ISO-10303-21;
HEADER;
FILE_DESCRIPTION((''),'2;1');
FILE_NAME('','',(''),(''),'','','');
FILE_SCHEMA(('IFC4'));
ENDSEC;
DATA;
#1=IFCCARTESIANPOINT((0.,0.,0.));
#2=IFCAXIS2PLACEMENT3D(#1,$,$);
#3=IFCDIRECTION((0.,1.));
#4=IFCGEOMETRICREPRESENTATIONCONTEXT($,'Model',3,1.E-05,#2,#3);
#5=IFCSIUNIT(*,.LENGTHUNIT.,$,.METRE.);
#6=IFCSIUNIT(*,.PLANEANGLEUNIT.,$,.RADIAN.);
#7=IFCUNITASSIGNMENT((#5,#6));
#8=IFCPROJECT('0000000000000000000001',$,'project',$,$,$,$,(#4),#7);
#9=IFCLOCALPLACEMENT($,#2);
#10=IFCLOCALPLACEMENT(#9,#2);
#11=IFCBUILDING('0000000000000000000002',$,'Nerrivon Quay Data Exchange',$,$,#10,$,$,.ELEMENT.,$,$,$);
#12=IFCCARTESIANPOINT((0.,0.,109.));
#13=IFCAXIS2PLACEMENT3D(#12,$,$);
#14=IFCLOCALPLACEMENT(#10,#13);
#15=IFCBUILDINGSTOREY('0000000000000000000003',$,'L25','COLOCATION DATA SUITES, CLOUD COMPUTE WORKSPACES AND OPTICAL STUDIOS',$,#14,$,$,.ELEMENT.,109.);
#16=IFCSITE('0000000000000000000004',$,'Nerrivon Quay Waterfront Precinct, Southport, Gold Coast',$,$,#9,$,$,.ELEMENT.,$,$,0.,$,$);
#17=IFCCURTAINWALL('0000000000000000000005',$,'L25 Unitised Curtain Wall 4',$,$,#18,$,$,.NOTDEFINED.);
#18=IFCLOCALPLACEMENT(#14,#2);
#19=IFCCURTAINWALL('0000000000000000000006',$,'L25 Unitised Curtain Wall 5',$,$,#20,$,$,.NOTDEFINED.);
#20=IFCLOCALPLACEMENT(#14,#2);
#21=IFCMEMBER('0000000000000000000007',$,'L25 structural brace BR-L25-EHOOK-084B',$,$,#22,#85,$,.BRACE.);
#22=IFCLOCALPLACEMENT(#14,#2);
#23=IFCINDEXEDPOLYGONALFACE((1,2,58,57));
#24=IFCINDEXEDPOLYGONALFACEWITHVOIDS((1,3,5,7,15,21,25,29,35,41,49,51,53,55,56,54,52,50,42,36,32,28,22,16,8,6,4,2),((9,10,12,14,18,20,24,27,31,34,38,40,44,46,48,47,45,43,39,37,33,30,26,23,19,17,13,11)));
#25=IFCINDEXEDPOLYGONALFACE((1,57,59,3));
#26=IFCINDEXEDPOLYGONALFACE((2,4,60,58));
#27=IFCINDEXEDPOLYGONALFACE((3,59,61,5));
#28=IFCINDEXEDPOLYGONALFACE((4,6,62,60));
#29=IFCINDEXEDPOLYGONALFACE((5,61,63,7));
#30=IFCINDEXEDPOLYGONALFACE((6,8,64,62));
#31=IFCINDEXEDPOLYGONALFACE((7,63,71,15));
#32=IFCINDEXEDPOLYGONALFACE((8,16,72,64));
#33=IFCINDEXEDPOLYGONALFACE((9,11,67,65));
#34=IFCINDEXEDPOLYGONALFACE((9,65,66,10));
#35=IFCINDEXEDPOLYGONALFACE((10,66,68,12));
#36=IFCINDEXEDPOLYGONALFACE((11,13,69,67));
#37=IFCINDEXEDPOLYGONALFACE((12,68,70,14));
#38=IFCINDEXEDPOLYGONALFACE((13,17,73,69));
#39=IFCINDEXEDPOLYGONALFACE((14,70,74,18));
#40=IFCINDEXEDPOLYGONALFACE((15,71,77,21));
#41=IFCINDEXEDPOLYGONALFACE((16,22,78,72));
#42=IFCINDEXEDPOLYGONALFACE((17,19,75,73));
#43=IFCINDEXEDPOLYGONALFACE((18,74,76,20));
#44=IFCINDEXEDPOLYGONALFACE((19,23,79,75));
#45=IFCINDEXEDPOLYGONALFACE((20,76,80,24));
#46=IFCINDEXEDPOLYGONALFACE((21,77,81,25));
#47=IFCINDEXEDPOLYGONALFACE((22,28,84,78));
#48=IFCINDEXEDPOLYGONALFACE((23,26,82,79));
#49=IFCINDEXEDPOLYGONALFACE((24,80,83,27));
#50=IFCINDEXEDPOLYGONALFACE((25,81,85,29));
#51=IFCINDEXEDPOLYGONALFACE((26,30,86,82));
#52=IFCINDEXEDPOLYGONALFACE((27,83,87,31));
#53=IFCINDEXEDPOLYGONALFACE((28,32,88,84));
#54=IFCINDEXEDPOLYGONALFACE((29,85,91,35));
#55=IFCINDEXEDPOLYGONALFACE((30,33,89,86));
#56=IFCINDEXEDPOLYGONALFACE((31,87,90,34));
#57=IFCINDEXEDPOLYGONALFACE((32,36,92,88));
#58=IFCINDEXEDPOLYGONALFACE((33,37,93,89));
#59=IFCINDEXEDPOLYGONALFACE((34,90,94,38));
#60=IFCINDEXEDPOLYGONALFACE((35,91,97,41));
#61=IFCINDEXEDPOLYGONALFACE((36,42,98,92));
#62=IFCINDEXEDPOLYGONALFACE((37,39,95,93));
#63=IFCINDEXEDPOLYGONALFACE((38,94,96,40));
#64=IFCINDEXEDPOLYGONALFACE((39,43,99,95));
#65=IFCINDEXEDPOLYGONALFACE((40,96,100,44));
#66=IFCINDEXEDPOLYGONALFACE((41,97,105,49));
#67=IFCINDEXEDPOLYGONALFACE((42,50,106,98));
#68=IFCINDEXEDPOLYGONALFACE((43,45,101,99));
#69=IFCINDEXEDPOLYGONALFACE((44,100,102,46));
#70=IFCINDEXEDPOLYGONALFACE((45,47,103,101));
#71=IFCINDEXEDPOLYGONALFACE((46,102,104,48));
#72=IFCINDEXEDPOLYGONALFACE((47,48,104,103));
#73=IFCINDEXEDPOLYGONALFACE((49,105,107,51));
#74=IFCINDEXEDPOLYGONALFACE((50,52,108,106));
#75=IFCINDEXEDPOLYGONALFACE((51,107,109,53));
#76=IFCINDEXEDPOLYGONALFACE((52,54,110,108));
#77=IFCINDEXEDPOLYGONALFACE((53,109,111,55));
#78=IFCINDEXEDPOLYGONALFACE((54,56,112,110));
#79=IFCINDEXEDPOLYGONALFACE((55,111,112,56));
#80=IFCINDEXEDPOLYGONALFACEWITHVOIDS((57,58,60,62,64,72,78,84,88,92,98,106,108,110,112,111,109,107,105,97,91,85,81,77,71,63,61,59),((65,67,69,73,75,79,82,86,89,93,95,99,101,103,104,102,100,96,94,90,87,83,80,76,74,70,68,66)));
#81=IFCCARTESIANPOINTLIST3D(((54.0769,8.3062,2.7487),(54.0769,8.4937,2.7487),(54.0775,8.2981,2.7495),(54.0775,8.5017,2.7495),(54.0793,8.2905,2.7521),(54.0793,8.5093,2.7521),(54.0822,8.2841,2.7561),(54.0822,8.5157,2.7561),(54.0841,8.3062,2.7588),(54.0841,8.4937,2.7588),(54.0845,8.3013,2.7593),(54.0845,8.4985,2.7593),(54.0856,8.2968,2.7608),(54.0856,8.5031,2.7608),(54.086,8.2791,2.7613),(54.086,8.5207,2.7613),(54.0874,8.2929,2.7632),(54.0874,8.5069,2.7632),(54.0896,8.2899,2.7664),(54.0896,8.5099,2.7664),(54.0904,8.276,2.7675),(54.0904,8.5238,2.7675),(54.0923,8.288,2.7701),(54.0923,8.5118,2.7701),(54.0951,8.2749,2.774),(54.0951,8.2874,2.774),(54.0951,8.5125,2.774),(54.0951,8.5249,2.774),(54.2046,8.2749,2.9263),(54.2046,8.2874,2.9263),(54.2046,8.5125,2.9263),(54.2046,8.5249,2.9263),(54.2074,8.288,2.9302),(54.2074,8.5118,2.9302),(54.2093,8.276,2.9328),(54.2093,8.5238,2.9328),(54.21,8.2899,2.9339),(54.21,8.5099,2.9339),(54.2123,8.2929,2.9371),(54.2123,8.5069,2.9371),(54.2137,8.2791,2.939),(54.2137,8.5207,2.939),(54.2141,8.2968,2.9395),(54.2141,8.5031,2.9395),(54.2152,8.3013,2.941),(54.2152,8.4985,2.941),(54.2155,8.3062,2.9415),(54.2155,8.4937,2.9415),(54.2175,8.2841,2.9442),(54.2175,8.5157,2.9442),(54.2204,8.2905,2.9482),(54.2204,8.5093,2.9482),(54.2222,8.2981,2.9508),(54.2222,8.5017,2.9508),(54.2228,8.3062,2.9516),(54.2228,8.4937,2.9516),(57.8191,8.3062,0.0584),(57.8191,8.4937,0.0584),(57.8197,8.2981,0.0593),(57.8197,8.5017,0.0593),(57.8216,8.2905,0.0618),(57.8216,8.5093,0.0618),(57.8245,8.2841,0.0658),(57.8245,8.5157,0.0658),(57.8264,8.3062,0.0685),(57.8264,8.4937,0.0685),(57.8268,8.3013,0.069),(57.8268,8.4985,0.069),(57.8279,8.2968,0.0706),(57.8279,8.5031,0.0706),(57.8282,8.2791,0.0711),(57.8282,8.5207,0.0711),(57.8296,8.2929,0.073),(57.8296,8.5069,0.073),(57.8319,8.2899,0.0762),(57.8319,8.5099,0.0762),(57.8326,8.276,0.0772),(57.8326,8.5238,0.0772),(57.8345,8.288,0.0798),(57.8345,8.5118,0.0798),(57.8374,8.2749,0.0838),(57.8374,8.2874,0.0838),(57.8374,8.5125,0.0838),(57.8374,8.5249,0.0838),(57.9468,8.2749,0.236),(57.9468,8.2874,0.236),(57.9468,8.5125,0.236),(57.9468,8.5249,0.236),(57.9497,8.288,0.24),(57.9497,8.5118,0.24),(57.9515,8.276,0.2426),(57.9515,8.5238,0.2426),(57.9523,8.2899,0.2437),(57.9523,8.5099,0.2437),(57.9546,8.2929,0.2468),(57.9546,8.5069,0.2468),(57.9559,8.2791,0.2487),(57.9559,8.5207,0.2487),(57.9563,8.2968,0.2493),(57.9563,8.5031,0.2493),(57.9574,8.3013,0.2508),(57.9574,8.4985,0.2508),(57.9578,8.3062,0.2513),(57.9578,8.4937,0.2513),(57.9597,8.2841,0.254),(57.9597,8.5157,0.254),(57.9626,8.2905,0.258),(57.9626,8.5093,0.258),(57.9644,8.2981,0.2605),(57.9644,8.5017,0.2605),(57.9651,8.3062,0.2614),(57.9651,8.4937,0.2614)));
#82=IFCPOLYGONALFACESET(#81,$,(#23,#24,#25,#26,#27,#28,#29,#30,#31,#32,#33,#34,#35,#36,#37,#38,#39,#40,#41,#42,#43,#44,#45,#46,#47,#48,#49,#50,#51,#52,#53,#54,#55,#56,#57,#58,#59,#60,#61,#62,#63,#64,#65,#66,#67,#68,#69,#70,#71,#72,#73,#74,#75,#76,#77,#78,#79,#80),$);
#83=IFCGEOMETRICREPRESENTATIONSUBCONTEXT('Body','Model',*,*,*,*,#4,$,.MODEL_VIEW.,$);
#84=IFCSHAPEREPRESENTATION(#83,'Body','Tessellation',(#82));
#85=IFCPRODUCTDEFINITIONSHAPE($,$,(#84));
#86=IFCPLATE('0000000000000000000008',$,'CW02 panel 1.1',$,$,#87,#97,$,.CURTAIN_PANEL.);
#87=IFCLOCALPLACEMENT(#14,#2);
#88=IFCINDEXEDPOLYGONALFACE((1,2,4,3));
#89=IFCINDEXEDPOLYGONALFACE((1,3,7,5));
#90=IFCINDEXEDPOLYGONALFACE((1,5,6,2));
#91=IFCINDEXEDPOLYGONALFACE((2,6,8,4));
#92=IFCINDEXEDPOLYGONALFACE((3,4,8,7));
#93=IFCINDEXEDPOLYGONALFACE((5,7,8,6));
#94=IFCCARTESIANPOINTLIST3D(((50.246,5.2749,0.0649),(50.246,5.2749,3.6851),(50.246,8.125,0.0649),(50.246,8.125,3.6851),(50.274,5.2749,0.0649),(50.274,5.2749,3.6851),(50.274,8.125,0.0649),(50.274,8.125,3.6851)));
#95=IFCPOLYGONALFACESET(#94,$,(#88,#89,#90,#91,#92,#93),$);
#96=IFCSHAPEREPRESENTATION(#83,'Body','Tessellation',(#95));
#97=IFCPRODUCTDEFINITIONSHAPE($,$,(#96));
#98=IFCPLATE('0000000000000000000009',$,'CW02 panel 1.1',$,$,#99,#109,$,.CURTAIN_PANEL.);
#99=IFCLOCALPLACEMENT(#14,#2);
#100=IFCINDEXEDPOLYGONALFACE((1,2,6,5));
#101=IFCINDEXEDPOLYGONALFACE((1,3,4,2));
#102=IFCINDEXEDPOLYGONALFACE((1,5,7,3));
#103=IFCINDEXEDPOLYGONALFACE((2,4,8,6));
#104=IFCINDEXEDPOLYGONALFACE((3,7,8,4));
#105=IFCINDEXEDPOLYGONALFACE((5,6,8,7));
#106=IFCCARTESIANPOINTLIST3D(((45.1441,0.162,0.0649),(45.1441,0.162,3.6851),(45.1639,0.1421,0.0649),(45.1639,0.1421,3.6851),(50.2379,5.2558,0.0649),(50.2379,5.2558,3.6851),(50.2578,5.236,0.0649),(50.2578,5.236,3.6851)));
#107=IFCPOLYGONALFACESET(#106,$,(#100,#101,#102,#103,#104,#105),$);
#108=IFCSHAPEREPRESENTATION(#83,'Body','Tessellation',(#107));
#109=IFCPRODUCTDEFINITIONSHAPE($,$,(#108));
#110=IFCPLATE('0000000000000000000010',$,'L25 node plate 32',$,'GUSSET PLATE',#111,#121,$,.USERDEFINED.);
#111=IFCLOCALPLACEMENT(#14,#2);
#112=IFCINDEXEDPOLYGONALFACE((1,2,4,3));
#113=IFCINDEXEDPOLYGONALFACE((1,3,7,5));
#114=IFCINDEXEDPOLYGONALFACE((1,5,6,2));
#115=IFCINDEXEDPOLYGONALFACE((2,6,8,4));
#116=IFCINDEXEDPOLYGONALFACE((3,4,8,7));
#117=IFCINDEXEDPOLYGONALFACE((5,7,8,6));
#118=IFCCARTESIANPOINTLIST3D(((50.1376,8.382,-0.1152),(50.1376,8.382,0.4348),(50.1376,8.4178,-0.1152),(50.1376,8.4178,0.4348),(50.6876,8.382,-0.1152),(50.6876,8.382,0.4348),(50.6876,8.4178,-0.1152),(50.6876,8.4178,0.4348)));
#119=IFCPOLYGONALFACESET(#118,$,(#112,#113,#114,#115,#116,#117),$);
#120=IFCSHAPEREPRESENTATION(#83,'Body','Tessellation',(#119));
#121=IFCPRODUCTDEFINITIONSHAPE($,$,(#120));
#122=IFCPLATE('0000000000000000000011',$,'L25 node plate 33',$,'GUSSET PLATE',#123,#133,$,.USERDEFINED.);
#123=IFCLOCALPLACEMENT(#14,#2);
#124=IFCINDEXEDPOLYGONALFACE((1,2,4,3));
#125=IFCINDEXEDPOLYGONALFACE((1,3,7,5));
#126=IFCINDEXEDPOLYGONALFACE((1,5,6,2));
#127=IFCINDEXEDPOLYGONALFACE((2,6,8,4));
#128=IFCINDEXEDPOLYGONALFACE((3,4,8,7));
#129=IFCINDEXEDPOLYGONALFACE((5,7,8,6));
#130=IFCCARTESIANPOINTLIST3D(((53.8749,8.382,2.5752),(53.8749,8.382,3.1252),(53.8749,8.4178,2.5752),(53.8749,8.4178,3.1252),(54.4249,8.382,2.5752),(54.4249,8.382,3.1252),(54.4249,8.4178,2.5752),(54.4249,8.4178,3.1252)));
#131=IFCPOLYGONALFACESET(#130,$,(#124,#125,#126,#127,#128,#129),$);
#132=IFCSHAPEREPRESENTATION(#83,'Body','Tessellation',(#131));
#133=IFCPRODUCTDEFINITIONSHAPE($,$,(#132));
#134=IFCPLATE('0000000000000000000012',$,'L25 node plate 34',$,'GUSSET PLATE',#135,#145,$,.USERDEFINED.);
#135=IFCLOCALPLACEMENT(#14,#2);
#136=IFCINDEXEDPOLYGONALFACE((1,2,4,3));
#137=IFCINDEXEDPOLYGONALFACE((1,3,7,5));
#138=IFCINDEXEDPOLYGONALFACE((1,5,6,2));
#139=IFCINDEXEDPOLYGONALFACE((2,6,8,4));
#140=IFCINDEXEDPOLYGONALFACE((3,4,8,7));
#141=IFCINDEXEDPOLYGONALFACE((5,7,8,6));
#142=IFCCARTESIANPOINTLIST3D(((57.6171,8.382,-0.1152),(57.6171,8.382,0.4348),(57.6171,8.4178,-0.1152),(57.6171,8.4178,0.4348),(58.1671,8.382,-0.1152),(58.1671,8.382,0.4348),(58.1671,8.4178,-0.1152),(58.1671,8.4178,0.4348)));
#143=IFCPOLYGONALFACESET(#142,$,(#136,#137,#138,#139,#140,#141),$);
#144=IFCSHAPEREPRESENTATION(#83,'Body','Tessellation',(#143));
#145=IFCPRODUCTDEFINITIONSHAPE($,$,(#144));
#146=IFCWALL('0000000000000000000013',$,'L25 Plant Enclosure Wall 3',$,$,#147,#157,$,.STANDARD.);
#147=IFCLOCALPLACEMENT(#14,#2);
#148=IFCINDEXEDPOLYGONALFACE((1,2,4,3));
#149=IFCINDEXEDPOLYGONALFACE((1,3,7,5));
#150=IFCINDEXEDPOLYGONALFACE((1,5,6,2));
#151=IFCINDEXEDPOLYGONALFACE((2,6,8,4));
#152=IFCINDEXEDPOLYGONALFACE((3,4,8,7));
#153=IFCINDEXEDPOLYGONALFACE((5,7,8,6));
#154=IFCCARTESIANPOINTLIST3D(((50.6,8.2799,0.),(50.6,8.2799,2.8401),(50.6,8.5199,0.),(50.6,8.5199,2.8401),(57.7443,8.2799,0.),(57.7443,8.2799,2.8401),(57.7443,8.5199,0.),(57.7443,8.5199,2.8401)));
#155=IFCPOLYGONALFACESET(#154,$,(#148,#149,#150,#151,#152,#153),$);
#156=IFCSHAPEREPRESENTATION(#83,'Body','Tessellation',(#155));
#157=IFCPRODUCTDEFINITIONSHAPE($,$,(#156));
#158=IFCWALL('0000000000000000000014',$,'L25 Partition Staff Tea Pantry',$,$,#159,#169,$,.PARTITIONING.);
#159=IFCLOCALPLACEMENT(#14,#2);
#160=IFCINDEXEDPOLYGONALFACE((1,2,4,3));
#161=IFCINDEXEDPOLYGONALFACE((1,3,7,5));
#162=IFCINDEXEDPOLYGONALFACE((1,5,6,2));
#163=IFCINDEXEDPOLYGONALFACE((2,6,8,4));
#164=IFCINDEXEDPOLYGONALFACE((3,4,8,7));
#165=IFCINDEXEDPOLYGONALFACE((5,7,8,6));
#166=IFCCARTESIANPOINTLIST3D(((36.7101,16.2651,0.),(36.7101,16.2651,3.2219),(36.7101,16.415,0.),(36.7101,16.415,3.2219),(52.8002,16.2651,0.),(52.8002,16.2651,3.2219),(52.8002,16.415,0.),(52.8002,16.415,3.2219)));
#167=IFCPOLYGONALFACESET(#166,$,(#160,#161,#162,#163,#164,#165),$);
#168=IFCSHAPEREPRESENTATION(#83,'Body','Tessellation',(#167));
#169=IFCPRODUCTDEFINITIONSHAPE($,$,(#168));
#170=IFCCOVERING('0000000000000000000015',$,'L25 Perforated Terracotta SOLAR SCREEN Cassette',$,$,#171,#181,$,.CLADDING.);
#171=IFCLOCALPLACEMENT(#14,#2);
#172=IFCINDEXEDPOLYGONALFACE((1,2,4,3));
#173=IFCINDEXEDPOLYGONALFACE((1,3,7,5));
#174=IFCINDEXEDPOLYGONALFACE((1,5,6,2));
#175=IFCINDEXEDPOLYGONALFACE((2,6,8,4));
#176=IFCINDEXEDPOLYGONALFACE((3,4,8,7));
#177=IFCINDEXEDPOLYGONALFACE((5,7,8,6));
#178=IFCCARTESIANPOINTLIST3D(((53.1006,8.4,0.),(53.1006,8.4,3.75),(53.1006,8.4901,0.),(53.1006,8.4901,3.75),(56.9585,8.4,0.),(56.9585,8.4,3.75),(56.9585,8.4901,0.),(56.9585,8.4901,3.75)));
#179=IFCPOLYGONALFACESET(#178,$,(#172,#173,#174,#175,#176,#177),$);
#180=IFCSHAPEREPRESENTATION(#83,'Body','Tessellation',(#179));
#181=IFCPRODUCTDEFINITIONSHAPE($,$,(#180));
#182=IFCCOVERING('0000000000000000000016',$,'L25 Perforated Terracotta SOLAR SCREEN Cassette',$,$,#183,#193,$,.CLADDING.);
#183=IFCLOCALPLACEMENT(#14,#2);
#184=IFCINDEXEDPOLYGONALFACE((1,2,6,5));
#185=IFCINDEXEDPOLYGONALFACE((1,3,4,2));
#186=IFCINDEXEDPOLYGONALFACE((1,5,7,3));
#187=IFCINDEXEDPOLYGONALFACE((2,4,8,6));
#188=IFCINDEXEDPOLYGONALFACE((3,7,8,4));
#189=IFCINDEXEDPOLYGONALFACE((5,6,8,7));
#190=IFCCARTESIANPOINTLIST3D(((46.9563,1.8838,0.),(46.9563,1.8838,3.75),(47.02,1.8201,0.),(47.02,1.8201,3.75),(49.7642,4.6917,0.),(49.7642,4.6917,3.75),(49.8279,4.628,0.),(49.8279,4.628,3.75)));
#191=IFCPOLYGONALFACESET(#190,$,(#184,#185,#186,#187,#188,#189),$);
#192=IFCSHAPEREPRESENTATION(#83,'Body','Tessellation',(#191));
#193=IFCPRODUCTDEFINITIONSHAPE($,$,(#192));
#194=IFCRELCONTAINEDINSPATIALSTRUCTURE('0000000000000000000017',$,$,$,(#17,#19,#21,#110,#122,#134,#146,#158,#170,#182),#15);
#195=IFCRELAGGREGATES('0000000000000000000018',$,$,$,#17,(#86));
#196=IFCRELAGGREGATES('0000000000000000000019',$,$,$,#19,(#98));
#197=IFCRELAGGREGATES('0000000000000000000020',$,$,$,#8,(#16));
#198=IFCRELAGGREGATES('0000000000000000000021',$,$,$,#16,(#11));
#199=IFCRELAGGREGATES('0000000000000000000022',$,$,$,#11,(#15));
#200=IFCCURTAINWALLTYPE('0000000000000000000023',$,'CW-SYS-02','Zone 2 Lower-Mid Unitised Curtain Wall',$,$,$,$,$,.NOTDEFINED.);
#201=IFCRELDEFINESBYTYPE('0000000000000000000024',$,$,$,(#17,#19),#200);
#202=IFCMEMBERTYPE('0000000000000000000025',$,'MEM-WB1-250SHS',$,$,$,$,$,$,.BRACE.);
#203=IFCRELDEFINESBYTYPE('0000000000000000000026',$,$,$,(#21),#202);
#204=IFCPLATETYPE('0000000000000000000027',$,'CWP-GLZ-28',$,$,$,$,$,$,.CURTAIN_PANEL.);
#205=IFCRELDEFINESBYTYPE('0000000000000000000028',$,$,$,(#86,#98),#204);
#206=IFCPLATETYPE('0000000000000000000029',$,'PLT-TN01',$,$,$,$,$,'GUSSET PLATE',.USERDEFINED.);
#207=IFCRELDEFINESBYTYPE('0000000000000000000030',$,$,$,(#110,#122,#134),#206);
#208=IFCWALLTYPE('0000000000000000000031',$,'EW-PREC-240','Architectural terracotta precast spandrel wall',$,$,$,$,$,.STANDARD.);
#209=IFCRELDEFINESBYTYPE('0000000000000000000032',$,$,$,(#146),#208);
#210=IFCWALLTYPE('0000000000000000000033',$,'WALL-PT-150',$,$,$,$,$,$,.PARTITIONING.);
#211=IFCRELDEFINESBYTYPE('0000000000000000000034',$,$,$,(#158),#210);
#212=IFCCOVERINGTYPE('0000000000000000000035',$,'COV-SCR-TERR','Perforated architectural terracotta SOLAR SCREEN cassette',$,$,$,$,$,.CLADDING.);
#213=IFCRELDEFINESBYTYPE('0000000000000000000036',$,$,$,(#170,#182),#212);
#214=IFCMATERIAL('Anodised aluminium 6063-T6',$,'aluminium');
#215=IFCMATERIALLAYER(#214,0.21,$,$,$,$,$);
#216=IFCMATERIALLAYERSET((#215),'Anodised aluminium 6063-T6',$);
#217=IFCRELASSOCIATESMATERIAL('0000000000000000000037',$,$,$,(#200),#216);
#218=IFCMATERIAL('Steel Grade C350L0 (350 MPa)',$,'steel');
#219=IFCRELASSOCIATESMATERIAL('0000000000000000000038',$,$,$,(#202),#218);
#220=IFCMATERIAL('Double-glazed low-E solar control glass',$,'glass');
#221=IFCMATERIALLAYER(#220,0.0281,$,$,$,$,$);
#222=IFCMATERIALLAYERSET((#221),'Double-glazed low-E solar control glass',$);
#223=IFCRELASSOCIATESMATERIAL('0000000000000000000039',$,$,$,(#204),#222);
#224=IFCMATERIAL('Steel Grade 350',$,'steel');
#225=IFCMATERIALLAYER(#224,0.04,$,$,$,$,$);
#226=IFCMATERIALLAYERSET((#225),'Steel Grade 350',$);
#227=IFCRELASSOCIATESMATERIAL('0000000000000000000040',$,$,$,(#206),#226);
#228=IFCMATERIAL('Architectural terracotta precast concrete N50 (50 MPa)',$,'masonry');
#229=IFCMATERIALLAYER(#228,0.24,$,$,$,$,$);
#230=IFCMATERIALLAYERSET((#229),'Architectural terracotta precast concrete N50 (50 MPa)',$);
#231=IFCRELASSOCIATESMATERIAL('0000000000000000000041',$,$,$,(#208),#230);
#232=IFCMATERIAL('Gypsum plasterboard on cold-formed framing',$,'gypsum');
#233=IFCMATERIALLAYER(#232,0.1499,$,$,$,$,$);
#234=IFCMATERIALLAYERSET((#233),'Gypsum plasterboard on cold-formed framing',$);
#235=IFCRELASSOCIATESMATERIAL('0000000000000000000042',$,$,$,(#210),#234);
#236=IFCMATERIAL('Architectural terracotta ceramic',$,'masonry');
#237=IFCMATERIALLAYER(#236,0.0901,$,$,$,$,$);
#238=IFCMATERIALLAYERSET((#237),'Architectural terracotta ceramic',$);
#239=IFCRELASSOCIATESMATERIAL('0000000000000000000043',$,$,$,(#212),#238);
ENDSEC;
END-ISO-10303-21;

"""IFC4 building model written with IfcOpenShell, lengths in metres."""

from ifc_helpers import new_model, si_unit, direction, frame, frame_2d, origin, origin_2d, place, context, subcontext, project, spatial, rectangle, hollow_rectangle, extrude, material, layer, layer_set, material_profile, profile_set, type_object, element, aggregate, save


model = new_model("IFC4")

# Units and contexts
model_context = context("Model", 3, precision=1e-05, world=origin(), true_north=direction((0.0, 1.0)))
body_context = subcontext(model_context, "Body", "Model", "MODEL_VIEW")
ifc_project = project(units=[si_unit("LENGTHUNIT", "METRE"), si_unit("PLANEANGLEUNIT", "RADIAN")], contexts=[model_context])

# Site, building, storey
site_placement = place(None, origin())
site = spatial("IfcSite", under=ifc_project, at=site_placement, Name="Nerrivon Quay Waterfront Precinct, Southport, Gold Coast", CompositionType="ELEMENT", RefElevation=0.0)
building_placement = place(site_placement, origin())
building = spatial("IfcBuilding", under=site, at=building_placement, Name="Nerrivon Quay Data Exchange", CompositionType="ELEMENT")
storey_placement = place(building_placement, frame((0.0, 0.0, 109.0)))
storey = spatial("IfcBuildingStorey", under=building, at=storey_placement, Name="L25", Description="COLOCATION DATA SUITES, CLOUD COMPUTE WORKSPACES AND OPTICAL STUDIOS", CompositionType="ELEMENT", Elevation=109.0)

# Shared definitions
ifc_material_1 = material(Name="Steel Grade 350", Category="steel")

# Curtain walls
ifc_material_2 = material(Name="Anodised aluminium 6063-T6", Category="aluminium")
ifc_layer_1 = layer(ifc_material_2, 0.21)
ifc_layer_set_1 = layer_set([ifc_layer_1], Name="Anodised aluminium 6063-T6")
curtain_wall_type = type_object("IfcCurtainWallType", Name="CW-SYS-02", Description="Zone 2 Lower-Mid Unitised Curtain Wall", PredefinedType="NOTDEFINED", material=ifc_layer_set_1)
curtain_wall_1_placement = place(storey_placement, origin())
curtain_wall_1 = element("IfcCurtainWall", 1, at=curtain_wall_1_placement, inside=storey, type_object=curtain_wall_type, Name="L25 Unitised Curtain Wall 4", PredefinedType="NOTDEFINED")
curtain_wall_2_placement = place(storey_placement, origin())
curtain_wall_2 = element("IfcCurtainWall", 2, at=curtain_wall_2_placement, inside=storey, type_object=curtain_wall_type, Name="L25 Unitised Curtain Wall 5", PredefinedType="NOTDEFINED")

# Member
ifc_material_3 = material(Name="Steel Grade C350L0 (350 MPa)", Category="steel")
ifc_material_profile_1 = material_profile(ifc_material_3, hollow_rectangle(XDim=0.25, YDim=0.25, WallThickness=0.0125, InnerFilletRadius=0.0188, OuterFilletRadius=0.0312, at=origin_2d()), Name="250x250x12.5SHS")
ifc_profile_set_1 = profile_set([ifc_material_profile_1], Name="Steel Grade C350L0 (350 MPa)")
member_type_1 = type_object("IfcMemberType", Name="MEM-WB1-250SHS", PredefinedType="BRACE", material=ifc_profile_set_1)
member_1_placement = place(storey_placement, frame((57.8921, 8.3999, 0.1599), z_axis=(-0.811965, 0.0, 0.583706), x_axis=(0.0, -1.0, 0.0)))
element("IfcMember", 3, at=member_1_placement, inside=storey, type_object=member_type_1, Name="L25 structural brace BR-L25-EHOOK-084B", PredefinedType="BRACE", context=body_context, shape_type="SweptSolid", body=[
    extrude(hollow_rectangle(XDim=0.25, YDim=0.25, WallThickness=0.0125, InnerFilletRadius=0.0188, OuterFilletRadius=0.0312, at=origin_2d()), origin(), (0.0, 0.0, 1.0), 4.6089),
])

# Plates
ifc_material_4 = material(Name="Double-glazed low-E solar control glass", Category="glass")
ifc_layer_2 = layer(ifc_material_4, 0.0281)
ifc_layer_set_2 = layer_set([ifc_layer_2], Name="Double-glazed low-E solar control glass")
plate_type_1 = type_object("IfcPlateType", Name="CWP-GLZ-28", PredefinedType="CURTAIN_PANEL", material=ifc_layer_set_2)
plate_1_placement = place(storey_placement, frame((50.26, 6.7, 0.0649), z_axis=(0.0, 0.0, 1.0), x_axis=(0.0, -1.0, 0.0)))
plate_1 = element("IfcPlate", 4, at=plate_1_placement, type_object=plate_type_1, Name="CW02 panel 1.1", PredefinedType="CURTAIN_PANEL", context=body_context, shape_type="SweptSolid", body=[
    extrude(rectangle(XDim=2.8501, YDim=0.0281, at=origin_2d()), origin(), (0.0, 0.0, 1.0), 3.6201),
])
aggregate(curtain_wall_1, [plate_1])
plate_2_placement = place(storey_placement, frame((47.7009, 2.699, 0.0649), z_axis=(0.0, 0.0, 1.0), x_axis=(-0.707107, -0.707107, 0.0)))
plate_2 = element("IfcPlate", 5, at=plate_2_placement, type_object=plate_type_1, Name="CW02 panel 1.1", PredefinedType="CURTAIN_PANEL", context=body_context, shape_type="SweptSolid", body=[
    extrude(rectangle(XDim=7.2039, YDim=0.0281, at=origin_2d()), origin(), (0.0, 0.0, 1.0), 3.6201),
])
aggregate(curtain_wall_2, [plate_2])

# Plates
ifc_layer_3 = layer(ifc_material_1, 0.04)
ifc_layer_set_3 = layer_set([ifc_layer_3], Name="Steel Grade 350")
plate_type_2 = type_object("IfcPlateType", Name="PLT-TN01", ElementType="GUSSET PLATE", PredefinedType="USERDEFINED", material=ifc_layer_set_3)
for number, where, z_axis, x_axis, name in (
    (6, (50.4126, 8.3999, -0.1152), (0.0, 0.0, 1.0), (1.0, 0.0, 0.0), "L25 node plate 32"),
    (7, (54.1499, 8.3999, 2.5752), (0.0, 0.0, 1.0), (1.0, 0.0, 0.0), "L25 node plate 33"),
    (8, (57.8921, 8.3999, -0.1152), (0.0, 0.0, 1.0), (1.0, 0.0, 0.0), "L25 node plate 34"),
):
    element("IfcPlate", number, at=place(storey_placement, frame(where, z_axis=z_axis, x_axis=x_axis)), inside=storey, type_object=plate_type_2, Name=name, ObjectType="GUSSET PLATE", PredefinedType="USERDEFINED", context=body_context, shape_type="SweptSolid", body=[
        extrude(rectangle(XDim=0.55, YDim=0.0359, at=origin_2d()), origin(), (0.0, 0.0, 1.0), 0.55),
    ])

# Walls
ifc_material_5 = material(Name="Architectural terracotta precast concrete N50 (50 MPa)", Category="masonry")
ifc_layer_4 = layer(ifc_material_5, 0.24)
ifc_layer_set_4 = layer_set([ifc_layer_4], Name="Architectural terracotta precast concrete N50 (50 MPa)")
wall_type_1 = type_object("IfcWallType", Name="EW-PREC-240", Description="Architectural terracotta precast spandrel wall", PredefinedType="STANDARD", material=ifc_layer_set_4)
wall_1_placement = place(storey_placement, frame((57.7444, 8.3999, 0.0), z_axis=(0.0, 0.0, 1.0), x_axis=(-1.0, 0.0, 0.0)))
element("IfcWall", 9, at=wall_1_placement, inside=storey, type_object=wall_type_1, Name="L25 Plant Enclosure Wall 3", PredefinedType="STANDARD", context=body_context, shape_type="SweptSolid", body=[
    extrude(rectangle(XDim=7.1443, YDim=0.24, at=frame_2d((3.5723, 0.0))), origin(), (0.0, 0.0, 1.0), 2.8401),
])
ifc_material_6 = material(Name="Gypsum plasterboard on cold-formed framing", Category="gypsum")
ifc_layer_5 = layer(ifc_material_6, 0.1499)
ifc_layer_set_5 = layer_set([ifc_layer_5], Name="Gypsum plasterboard on cold-formed framing")
wall_type_2 = type_object("IfcWallType", Name="WALL-PT-150", PredefinedType="PARTITIONING", material=ifc_layer_set_5)
wall_2_placement = place(storey_placement, frame((52.8, 16.3401, 0.0), z_axis=(0.0, 0.0, 1.0), x_axis=(-1.0, 0.0, 0.0)))
element("IfcWall", 10, at=wall_2_placement, inside=storey, type_object=wall_type_2, Name="L25 Partition Staff Tea Pantry", PredefinedType="PARTITIONING", context=body_context, shape_type="SweptSolid", body=[
    extrude(rectangle(XDim=16.0901, YDim=0.1499, at=frame_2d((8.0449, 0.0))), origin(), (0.0, 0.0, 1.0), 3.2219),
])

# Coverings
ifc_material_7 = material(Name="Architectural terracotta ceramic", Category="masonry")
ifc_layer_6 = layer(ifc_material_7, 0.0901)
ifc_layer_set_6 = layer_set([ifc_layer_6], Name="Architectural terracotta ceramic")
covering_type = type_object("IfcCoveringType", Name="COV-SCR-TERR", Description="Perforated architectural terracotta SOLAR SCREEN cassette", PredefinedType="CLADDING", material=ifc_layer_set_6)
covering_1_placement = place(storey_placement, frame((55.0295, 8.4451, 0.0), z_axis=(0.0, 0.0, 1.0), x_axis=(-1.0, 0.0, 0.0)))
element("IfcCovering", 11, at=covering_1_placement, inside=storey, type_object=covering_type, Name="L25 Perforated Terracotta SOLAR SCREEN Cassette", PredefinedType="CLADDING", context=body_context, shape_type="SweptSolid", body=[
    extrude(rectangle(XDim=3.8579, YDim=0.0901, at=origin_2d()), origin(), (0.0, 0.0, 1.0), 3.75),
])
covering_2_placement = place(storey_placement, frame((48.3921, 3.2559, 0.0), z_axis=(0.0, 0.0, 1.0), x_axis=(-0.707107, -0.707107, 0.0)))
element("IfcCovering", 12, at=covering_2_placement, inside=storey, type_object=covering_type, Name="L25 Perforated Terracotta SOLAR SCREEN Cassette", PredefinedType="CLADDING", context=body_context, shape_type="SweptSolid", body=[
    extrude(rectangle(XDim=3.9709, YDim=0.0901, at=origin_2d()), origin(), (0.0, 0.0, 1.0), 3.75),
])

save(model, "model.ifc")
